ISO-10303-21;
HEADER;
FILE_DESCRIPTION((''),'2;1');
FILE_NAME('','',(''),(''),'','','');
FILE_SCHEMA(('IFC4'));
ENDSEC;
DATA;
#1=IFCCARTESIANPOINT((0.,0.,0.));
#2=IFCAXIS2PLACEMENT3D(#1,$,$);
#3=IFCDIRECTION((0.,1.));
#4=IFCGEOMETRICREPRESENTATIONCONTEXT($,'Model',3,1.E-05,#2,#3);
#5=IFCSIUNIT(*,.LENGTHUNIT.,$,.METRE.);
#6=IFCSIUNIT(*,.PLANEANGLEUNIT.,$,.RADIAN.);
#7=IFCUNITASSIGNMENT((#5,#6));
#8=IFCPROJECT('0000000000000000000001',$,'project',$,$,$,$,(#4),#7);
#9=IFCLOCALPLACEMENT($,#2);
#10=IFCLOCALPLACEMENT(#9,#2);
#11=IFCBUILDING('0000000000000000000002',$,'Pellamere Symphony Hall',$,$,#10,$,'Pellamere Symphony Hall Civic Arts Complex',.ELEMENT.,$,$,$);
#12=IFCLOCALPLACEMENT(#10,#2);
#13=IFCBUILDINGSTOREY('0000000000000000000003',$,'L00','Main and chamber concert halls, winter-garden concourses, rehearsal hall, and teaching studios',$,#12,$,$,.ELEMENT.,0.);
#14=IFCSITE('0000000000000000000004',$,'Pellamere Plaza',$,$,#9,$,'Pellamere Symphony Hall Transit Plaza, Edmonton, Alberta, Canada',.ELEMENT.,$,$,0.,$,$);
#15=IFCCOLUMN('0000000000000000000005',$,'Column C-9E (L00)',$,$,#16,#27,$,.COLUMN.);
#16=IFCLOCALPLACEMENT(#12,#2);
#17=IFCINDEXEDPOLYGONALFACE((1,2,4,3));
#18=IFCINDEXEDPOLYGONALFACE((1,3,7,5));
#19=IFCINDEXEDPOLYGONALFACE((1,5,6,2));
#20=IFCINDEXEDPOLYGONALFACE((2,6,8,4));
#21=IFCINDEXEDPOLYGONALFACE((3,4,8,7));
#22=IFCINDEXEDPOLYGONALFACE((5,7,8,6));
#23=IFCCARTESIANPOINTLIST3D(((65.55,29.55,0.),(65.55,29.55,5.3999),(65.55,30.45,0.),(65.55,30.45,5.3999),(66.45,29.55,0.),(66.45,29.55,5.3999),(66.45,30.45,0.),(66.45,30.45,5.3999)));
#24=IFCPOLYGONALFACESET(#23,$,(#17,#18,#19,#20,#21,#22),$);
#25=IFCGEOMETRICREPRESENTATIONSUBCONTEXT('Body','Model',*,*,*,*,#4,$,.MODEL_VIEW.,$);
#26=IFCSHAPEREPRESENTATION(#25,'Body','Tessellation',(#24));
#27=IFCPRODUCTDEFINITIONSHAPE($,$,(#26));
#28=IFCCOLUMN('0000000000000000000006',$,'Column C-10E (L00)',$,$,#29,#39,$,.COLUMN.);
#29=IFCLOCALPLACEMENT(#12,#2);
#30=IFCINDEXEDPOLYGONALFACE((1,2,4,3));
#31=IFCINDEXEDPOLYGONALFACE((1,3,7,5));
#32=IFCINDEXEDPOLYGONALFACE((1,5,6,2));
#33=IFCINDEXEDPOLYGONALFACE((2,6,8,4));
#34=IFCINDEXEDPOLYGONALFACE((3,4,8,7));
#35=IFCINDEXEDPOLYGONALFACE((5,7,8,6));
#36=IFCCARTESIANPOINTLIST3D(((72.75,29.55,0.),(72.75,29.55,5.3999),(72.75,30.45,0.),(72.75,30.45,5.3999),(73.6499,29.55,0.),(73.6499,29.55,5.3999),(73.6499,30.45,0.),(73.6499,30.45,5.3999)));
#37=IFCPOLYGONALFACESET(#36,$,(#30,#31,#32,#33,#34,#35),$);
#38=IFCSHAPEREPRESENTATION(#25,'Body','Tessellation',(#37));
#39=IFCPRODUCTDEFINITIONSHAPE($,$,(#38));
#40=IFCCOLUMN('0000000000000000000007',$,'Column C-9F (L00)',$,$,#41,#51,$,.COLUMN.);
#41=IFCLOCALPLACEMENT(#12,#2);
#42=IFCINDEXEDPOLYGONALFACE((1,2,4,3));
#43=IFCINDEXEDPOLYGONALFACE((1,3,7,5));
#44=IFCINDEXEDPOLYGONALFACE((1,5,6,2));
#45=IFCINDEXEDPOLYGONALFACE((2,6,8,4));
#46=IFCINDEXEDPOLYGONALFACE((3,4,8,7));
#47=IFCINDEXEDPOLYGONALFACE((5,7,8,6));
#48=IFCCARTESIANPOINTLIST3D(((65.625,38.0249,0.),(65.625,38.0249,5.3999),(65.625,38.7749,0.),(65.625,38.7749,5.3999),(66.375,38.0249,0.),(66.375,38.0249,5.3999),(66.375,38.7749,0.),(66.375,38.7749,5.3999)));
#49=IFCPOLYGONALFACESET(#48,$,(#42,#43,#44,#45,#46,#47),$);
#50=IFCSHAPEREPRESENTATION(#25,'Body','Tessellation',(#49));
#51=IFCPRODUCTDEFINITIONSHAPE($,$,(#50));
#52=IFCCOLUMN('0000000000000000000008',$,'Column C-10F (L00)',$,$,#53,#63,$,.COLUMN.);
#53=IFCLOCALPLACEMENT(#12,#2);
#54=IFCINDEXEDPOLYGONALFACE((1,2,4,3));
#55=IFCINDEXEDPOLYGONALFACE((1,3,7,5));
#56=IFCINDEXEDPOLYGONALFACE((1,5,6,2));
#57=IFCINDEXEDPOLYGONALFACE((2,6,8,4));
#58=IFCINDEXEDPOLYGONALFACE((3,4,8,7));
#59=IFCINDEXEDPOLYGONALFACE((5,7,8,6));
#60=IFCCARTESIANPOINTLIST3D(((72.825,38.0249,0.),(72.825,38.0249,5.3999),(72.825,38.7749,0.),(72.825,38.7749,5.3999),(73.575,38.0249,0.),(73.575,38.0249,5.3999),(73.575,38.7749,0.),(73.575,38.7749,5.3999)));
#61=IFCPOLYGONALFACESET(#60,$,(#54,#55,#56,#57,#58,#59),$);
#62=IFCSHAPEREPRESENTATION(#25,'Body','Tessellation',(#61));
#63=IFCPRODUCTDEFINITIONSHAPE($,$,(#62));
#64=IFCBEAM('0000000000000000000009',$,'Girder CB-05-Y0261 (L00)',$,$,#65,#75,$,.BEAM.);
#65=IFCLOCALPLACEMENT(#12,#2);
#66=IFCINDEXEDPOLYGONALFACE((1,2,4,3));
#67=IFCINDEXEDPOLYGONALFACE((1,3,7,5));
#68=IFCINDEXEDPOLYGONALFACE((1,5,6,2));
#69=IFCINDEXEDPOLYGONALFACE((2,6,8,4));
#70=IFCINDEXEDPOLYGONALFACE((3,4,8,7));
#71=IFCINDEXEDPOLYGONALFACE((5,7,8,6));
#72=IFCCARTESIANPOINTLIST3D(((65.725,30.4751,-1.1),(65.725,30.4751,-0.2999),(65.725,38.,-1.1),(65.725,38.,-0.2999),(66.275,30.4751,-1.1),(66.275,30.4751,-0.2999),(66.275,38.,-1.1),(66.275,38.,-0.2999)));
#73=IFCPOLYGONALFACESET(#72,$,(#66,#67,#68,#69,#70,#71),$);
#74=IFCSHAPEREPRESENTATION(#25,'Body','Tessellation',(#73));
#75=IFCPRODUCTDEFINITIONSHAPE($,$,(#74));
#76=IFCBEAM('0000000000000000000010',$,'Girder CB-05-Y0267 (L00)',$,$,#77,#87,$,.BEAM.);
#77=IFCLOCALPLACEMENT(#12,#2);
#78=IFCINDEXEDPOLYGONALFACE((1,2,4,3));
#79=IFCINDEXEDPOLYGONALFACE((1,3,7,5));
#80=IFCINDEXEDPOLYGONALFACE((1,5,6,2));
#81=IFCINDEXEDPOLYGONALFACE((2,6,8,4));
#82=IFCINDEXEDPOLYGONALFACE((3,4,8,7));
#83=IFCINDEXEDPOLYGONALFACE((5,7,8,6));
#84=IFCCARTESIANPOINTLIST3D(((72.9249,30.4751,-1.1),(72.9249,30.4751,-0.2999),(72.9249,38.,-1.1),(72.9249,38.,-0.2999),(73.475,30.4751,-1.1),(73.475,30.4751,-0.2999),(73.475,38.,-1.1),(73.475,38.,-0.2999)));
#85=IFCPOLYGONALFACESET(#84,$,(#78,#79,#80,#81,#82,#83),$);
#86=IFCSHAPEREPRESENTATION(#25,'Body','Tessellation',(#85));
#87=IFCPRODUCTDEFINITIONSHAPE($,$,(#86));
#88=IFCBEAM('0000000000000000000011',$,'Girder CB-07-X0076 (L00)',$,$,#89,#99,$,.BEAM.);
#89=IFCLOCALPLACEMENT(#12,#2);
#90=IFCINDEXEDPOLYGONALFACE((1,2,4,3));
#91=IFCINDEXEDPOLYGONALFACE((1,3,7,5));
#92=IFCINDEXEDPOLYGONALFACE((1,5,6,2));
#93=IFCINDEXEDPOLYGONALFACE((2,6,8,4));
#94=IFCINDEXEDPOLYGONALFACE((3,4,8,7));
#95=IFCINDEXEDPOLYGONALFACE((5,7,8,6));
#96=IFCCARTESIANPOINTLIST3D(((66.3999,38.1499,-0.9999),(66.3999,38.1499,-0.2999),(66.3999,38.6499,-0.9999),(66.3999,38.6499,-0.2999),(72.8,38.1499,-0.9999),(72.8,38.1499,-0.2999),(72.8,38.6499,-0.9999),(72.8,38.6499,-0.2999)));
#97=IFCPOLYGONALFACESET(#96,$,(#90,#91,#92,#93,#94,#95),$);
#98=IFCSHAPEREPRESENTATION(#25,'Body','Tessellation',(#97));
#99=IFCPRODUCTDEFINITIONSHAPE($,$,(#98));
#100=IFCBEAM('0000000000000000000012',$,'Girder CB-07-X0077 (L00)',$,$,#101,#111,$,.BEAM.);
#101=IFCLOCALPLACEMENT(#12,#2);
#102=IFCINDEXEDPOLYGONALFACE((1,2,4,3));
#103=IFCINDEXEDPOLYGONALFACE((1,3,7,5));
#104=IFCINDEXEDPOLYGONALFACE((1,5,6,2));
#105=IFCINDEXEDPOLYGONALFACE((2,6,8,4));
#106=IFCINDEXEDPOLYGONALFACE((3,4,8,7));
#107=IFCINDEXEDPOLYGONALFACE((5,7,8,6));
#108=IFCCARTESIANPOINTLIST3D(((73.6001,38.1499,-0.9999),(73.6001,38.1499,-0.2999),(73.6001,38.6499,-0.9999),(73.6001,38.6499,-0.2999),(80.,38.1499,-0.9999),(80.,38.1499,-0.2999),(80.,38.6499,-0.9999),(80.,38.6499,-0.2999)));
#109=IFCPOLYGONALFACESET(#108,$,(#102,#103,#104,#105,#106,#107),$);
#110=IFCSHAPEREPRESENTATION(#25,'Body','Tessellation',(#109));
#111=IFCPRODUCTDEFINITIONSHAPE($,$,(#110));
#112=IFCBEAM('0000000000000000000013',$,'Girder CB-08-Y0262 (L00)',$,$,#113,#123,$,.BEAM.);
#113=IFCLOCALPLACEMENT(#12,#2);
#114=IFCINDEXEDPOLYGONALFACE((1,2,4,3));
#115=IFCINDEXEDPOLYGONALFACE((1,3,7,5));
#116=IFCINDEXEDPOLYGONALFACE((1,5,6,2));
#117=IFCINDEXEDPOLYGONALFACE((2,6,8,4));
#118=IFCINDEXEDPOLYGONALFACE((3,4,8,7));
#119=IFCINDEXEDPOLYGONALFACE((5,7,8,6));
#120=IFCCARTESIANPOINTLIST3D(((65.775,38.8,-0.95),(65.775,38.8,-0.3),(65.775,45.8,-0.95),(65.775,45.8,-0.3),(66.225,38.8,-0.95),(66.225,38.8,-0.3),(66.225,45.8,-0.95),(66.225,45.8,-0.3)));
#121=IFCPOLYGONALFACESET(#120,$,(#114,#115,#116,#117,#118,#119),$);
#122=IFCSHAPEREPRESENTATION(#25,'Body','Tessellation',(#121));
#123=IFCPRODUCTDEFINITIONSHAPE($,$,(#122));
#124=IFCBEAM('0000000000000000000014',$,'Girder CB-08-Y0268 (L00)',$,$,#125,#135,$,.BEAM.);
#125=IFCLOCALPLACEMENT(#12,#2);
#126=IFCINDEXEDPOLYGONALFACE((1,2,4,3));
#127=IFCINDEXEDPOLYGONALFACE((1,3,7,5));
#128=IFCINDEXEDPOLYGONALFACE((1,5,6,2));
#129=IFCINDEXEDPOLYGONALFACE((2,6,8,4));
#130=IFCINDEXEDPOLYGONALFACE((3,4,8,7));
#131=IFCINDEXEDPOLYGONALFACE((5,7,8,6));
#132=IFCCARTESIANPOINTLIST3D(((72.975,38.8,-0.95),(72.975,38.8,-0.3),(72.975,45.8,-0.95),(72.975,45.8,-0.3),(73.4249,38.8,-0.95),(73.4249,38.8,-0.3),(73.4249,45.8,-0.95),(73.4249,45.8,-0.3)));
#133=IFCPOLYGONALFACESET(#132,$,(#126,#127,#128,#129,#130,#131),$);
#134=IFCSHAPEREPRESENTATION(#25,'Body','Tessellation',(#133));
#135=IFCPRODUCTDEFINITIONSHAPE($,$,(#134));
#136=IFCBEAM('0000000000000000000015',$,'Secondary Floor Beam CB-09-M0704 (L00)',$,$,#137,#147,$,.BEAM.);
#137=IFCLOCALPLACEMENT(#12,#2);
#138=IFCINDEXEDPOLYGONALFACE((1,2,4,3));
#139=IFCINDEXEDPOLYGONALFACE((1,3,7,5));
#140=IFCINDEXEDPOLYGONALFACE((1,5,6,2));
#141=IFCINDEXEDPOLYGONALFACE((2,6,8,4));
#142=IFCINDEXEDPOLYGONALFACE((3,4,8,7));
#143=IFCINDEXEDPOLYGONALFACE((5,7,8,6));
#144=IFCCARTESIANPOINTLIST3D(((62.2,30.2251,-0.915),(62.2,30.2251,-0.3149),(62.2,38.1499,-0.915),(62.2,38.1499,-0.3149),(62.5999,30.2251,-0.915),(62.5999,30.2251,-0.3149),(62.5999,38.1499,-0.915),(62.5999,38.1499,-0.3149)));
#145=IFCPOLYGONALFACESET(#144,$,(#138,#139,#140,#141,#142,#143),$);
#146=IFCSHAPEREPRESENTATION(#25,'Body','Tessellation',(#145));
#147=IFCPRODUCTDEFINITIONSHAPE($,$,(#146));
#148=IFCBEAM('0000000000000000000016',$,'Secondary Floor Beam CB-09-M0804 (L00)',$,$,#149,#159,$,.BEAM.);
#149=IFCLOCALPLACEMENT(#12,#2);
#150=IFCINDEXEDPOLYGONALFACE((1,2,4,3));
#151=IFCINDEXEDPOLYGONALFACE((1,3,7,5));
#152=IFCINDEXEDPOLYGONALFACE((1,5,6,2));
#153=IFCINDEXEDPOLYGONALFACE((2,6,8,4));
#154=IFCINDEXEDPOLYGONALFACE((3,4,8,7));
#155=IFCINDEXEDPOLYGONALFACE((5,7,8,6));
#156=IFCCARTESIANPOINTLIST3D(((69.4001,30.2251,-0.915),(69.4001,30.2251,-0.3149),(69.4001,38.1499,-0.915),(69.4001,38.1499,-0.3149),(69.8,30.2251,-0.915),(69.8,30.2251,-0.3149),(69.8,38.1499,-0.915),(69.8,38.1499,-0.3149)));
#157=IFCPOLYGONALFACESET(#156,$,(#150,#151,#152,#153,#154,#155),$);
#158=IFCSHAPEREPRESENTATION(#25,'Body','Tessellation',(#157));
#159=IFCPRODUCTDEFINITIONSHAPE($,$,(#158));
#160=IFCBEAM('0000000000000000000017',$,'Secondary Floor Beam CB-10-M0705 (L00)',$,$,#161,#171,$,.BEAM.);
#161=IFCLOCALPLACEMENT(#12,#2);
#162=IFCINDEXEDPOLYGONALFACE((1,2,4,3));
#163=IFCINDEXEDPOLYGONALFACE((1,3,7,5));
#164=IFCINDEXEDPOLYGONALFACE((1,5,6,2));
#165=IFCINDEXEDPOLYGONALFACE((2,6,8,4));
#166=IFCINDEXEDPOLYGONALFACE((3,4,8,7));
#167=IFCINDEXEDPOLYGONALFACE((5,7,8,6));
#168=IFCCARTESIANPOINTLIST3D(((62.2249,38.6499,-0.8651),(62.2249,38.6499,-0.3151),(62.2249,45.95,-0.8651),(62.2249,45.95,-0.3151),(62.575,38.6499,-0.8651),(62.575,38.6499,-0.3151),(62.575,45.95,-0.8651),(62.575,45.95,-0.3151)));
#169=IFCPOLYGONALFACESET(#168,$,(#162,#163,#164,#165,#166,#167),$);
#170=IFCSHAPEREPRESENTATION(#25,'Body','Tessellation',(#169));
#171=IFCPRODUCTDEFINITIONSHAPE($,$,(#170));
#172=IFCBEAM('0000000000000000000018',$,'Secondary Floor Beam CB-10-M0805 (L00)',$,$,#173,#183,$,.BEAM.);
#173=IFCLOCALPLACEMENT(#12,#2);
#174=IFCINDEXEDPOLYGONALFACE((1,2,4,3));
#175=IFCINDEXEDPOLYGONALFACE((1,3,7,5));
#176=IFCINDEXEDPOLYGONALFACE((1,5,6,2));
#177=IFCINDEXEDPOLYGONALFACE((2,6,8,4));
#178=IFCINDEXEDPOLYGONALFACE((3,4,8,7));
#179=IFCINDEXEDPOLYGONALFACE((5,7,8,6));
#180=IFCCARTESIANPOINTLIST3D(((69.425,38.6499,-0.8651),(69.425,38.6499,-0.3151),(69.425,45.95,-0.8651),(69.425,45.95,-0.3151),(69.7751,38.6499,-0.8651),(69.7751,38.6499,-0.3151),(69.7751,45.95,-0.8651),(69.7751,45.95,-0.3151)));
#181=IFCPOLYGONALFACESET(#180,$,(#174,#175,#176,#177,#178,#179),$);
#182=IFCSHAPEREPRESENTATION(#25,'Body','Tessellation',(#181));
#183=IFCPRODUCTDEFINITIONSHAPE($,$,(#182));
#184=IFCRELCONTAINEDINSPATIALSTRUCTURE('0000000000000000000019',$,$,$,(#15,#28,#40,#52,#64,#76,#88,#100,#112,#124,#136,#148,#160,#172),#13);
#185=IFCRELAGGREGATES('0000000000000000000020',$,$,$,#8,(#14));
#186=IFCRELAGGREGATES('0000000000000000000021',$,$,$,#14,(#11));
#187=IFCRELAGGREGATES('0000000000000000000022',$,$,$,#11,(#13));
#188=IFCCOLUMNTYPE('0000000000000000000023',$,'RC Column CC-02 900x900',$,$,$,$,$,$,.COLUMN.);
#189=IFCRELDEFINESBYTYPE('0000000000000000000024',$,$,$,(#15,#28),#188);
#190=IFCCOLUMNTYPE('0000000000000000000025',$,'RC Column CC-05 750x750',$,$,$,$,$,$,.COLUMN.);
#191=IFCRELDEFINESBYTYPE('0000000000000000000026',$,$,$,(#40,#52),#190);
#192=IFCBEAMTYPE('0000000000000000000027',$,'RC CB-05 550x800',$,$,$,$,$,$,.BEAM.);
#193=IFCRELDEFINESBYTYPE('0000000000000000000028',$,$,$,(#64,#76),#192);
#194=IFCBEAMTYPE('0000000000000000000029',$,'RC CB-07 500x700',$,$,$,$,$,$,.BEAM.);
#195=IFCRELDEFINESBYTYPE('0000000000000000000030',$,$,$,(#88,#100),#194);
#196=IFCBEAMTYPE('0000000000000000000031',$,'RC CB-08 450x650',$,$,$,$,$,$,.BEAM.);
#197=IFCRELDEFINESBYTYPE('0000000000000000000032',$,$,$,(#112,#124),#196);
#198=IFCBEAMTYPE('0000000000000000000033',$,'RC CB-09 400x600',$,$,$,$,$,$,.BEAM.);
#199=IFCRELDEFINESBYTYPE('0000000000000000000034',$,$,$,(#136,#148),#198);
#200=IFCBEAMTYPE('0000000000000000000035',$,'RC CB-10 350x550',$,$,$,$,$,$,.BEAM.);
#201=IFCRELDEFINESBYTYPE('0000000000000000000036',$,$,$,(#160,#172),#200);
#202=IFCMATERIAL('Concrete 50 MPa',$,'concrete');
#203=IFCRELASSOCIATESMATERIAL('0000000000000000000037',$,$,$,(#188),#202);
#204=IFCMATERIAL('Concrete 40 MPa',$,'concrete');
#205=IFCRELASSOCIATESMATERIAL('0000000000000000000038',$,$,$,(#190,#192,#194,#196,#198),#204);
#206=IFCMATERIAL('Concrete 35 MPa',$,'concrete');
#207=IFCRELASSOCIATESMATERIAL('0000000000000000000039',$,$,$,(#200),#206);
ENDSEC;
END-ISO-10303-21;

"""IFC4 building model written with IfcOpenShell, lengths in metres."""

from ifc_helpers import new_model, si_unit, direction, frame, origin, origin_2d, place, context, subcontext, project, spatial, rectangle, extrude, material, material_profile, profile_set, type_object, element, save


model = new_model("IFC4")

# Units and contexts
model_context = context("Model", 3, precision=1e-05, world=origin(), true_north=direction((0.0, 1.0)))
body_context = subcontext(model_context, "Body", "Model", "MODEL_VIEW")
ifc_project = project(units=[si_unit("LENGTHUNIT", "METRE"), si_unit("PLANEANGLEUNIT", "RADIAN")], contexts=[model_context])

# Site, building, storey
site_placement = place(None, origin())
site = spatial("IfcSite", under=ifc_project, at=site_placement, Name="Pellamere Plaza", LongName="Pellamere Symphony Hall Transit Plaza, Edmonton, Alberta, Canada", CompositionType="ELEMENT", RefElevation=0.0)
building_placement = place(site_placement, origin())
building = spatial("IfcBuilding", under=site, at=building_placement, Name="Pellamere Symphony Hall", LongName="Pellamere Symphony Hall Civic Arts Complex", CompositionType="ELEMENT")
storey_placement = place(building_placement, origin())
storey = spatial("IfcBuildingStorey", under=building, at=storey_placement, Name="L00", Description="Main and chamber concert halls, winter-garden concourses, rehearsal hall, and teaching studios", CompositionType="ELEMENT", Elevation=0.0)

# Columns
ifc_material_1 = material(Name="Concrete 50 MPa", Category="concrete")
ifc_material_profile_1 = material_profile(ifc_material_1, rectangle(XDim=0.8999, YDim=0.8999, at=origin_2d()), Name="RC 900x900")
ifc_profile_set_1 = profile_set([ifc_material_profile_1], Name="Concrete 50 MPa")
column_type_1 = type_object("IfcColumnType", Name="RC Column CC-02 900x900", PredefinedType="COLUMN", material=ifc_profile_set_1)
for number, where, z_axis, x_axis, name in (
    (1, (66.0, 30.0, 0.0), (0.0, 0.0, 1.0), (1.0, 0.0, 0.0), "Column C-9E (L00)"),
    (2, (73.2, 30.0, 0.0), (0.0, 0.0, 1.0), (1.0, 0.0, 0.0), "Column C-10E (L00)"),
):
    element("IfcColumn", number, at=place(storey_placement, frame(where, z_axis=z_axis, x_axis=x_axis)), inside=storey, type_object=column_type_1, Name=name, PredefinedType="COLUMN", context=body_context, shape_type="SweptSolid", body=[
        extrude(rectangle(XDim=0.8999, YDim=0.8999, at=origin_2d()), origin(), (0.0, 0.0, 1.0), 5.3999),
    ])
ifc_material_2 = material(Name="Concrete 40 MPa", Category="concrete")
ifc_material_profile_2 = material_profile(ifc_material_2, rectangle(XDim=0.75, YDim=0.75, at=origin_2d()), Name="RC 750x750")
ifc_profile_set_2 = profile_set([ifc_material_profile_2], Name="Concrete 40 MPa")
column_type_2 = type_object("IfcColumnType", Name="RC Column CC-05 750x750", PredefinedType="COLUMN", material=ifc_profile_set_2)
for number, where, z_axis, x_axis, name in (
    (3, (66.0, 38.3999, 0.0), (0.0, 0.0, 1.0), (1.0, 0.0, 0.0), "Column C-9F (L00)"),
    (4, (73.2, 38.3999, 0.0), (0.0, 0.0, 1.0), (1.0, 0.0, 0.0), "Column C-10F (L00)"),
):
    element("IfcColumn", number, at=place(storey_placement, frame(where, z_axis=z_axis, x_axis=x_axis)), inside=storey, type_object=column_type_2, Name=name, PredefinedType="COLUMN", context=body_context, shape_type="SweptSolid", body=[
        extrude(rectangle(XDim=0.75, YDim=0.75, at=origin_2d()), origin(), (0.0, 0.0, 1.0), 5.3999),
    ])

# Beams
ifc_material_profile_3 = material_profile(ifc_material_2, rectangle(XDim=0.55, YDim=0.8, at=origin_2d()), Name="RC 550x800")
ifc_profile_set_3 = profile_set([ifc_material_profile_3], Name="Concrete 40 MPa")
beam_type_1 = type_object("IfcBeamType", Name="RC CB-05 550x800", PredefinedType="BEAM", material=ifc_profile_set_3)
for number, where, z_axis, x_axis, name in (
    (5, (66.0, 30.4751, -0.7), (0.0, 1.0, 0.0), (-1.0, 0.0, 0.0), "Girder CB-05-Y0261 (L00)"),
    (6, (73.2, 30.4751, -0.7), (0.0, 1.0, 0.0), (-1.0, 0.0, 0.0), "Girder CB-05-Y0267 (L00)"),
):
    element("IfcBeam", number, at=place(storey_placement, frame(where, z_axis=z_axis, x_axis=x_axis)), inside=storey, type_object=beam_type_1, Name=name, PredefinedType="BEAM", context=body_context, shape_type="SweptSolid", body=[
        extrude(rectangle(XDim=0.55, YDim=0.8, at=origin_2d()), origin(), (0.0, 0.0, 1.0), 7.5249),
    ])
ifc_material_profile_4 = material_profile(ifc_material_2, rectangle(XDim=0.5, YDim=0.7, at=origin_2d()), Name="RC 500x700")
ifc_profile_set_4 = profile_set([ifc_material_profile_4], Name="Concrete 40 MPa")
beam_type_2 = type_object("IfcBeamType", Name="RC CB-07 500x700", PredefinedType="BEAM", material=ifc_profile_set_4)
beam_1_placement = place(storey_placement, frame((66.3999, 38.3999, -0.6499), z_axis=(1.0, 0.0, 0.0), x_axis=(0.0, 1.0, 0.0)))
element("IfcBeam", 7, at=beam_1_placement, inside=storey, type_object=beam_type_2, Name="Girder CB-07-X0076 (L00)", PredefinedType="BEAM", context=body_context, shape_type="SweptSolid", body=[
    extrude(rectangle(XDim=0.5, YDim=0.7, at=origin_2d()), origin(), (0.0, 0.0, 1.0), 6.4001),
])
beam_2_placement = place(storey_placement, frame((73.6001, 38.3999, -0.6499), z_axis=(1.0, 0.0, 0.0), x_axis=(0.0, 1.0, 0.0)))
element("IfcBeam", 8, at=beam_2_placement, inside=storey, type_object=beam_type_2, Name="Girder CB-07-X0077 (L00)", PredefinedType="BEAM", context=body_context, shape_type="SweptSolid", body=[
    extrude(rectangle(XDim=0.5, YDim=0.7, at=origin_2d()), origin(), (0.0, 0.0, 1.0), 6.3999),
])
ifc_material_profile_5 = material_profile(ifc_material_2, rectangle(XDim=0.45, YDim=0.6499, at=origin_2d()), Name="RC 450x650")
ifc_profile_set_5 = profile_set([ifc_material_profile_5], Name="Concrete 40 MPa")
beam_type_3 = type_object("IfcBeamType", Name="RC CB-08 450x650", PredefinedType="BEAM", material=ifc_profile_set_5)
for number, where, z_axis, x_axis, name in (
    (9, (66.0, 38.8, -0.625), (0.0, 1.0, 0.0), (-1.0, 0.0, 0.0), "Girder CB-08-Y0262 (L00)"),
    (10, (73.2, 38.8, -0.625), (0.0, 1.0, 0.0), (-1.0, 0.0, 0.0), "Girder CB-08-Y0268 (L00)"),
):
    element("IfcBeam", number, at=place(storey_placement, frame(where, z_axis=z_axis, x_axis=x_axis)), inside=storey, type_object=beam_type_3, Name=name, PredefinedType="BEAM", context=body_context, shape_type="SweptSolid", body=[
        extrude(rectangle(XDim=0.45, YDim=0.6499, at=origin_2d()), origin(), (0.0, 0.0, 1.0), 7.0),
    ])
ifc_material_profile_6 = material_profile(ifc_material_2, rectangle(XDim=0.3999, YDim=0.6001, at=origin_2d()), Name="RC 400x600")
ifc_profile_set_6 = profile_set([ifc_material_profile_6], Name="Concrete 40 MPa")
beam_type_4 = type_object("IfcBeamType", Name="RC CB-09 400x600", PredefinedType="BEAM", material=ifc_profile_set_6)
for number, where, z_axis, x_axis, name in (
    (11, (62.3999, 30.2251, -0.615), (0.0, 1.0, 0.0), (-1.0, 0.0, 0.0), "Secondary Floor Beam CB-09-M0704 (L00)"),
    (12, (69.6001, 30.2251, -0.615), (0.0, 1.0, 0.0), (-1.0, 0.0, 0.0), "Secondary Floor Beam CB-09-M0804 (L00)"),
):
    element("IfcBeam", number, at=place(storey_placement, frame(where, z_axis=z_axis, x_axis=x_axis)), inside=storey, type_object=beam_type_4, Name=name, PredefinedType="BEAM", context=body_context, shape_type="SweptSolid", body=[
        extrude(rectangle(XDim=0.3999, YDim=0.6001, at=origin_2d()), origin(), (0.0, 0.0, 1.0), 7.9248),
    ])
ifc_material_3 = material(Name="Concrete 35 MPa", Category="concrete")
ifc_material_profile_7 = material_profile(ifc_material_3, rectangle(XDim=0.3501, YDim=0.55, at=origin_2d()), Name="RC 350x550")
ifc_profile_set_7 = profile_set([ifc_material_profile_7], Name="Concrete 35 MPa")
beam_type_5 = type_object("IfcBeamType", Name="RC CB-10 350x550", PredefinedType="BEAM", material=ifc_profile_set_7)
for number, where, z_axis, x_axis, name in (
    (13, (62.3999, 38.6499, -0.5901), (0.0, 1.0, 0.0), (-1.0, 0.0, 0.0), "Secondary Floor Beam CB-10-M0705 (L00)"),
    (14, (69.6001, 38.6499, -0.5901), (0.0, 1.0, 0.0), (-1.0, 0.0, 0.0), "Secondary Floor Beam CB-10-M0805 (L00)"),
):
    element("IfcBeam", number, at=place(storey_placement, frame(where, z_axis=z_axis, x_axis=x_axis)), inside=storey, type_object=beam_type_5, Name=name, PredefinedType="BEAM", context=body_context, shape_type="SweptSolid", body=[
        extrude(rectangle(XDim=0.3501, YDim=0.55, at=origin_2d()), origin(), (0.0, 0.0, 1.0), 7.3),
    ])

save(model, "model.ifc")
